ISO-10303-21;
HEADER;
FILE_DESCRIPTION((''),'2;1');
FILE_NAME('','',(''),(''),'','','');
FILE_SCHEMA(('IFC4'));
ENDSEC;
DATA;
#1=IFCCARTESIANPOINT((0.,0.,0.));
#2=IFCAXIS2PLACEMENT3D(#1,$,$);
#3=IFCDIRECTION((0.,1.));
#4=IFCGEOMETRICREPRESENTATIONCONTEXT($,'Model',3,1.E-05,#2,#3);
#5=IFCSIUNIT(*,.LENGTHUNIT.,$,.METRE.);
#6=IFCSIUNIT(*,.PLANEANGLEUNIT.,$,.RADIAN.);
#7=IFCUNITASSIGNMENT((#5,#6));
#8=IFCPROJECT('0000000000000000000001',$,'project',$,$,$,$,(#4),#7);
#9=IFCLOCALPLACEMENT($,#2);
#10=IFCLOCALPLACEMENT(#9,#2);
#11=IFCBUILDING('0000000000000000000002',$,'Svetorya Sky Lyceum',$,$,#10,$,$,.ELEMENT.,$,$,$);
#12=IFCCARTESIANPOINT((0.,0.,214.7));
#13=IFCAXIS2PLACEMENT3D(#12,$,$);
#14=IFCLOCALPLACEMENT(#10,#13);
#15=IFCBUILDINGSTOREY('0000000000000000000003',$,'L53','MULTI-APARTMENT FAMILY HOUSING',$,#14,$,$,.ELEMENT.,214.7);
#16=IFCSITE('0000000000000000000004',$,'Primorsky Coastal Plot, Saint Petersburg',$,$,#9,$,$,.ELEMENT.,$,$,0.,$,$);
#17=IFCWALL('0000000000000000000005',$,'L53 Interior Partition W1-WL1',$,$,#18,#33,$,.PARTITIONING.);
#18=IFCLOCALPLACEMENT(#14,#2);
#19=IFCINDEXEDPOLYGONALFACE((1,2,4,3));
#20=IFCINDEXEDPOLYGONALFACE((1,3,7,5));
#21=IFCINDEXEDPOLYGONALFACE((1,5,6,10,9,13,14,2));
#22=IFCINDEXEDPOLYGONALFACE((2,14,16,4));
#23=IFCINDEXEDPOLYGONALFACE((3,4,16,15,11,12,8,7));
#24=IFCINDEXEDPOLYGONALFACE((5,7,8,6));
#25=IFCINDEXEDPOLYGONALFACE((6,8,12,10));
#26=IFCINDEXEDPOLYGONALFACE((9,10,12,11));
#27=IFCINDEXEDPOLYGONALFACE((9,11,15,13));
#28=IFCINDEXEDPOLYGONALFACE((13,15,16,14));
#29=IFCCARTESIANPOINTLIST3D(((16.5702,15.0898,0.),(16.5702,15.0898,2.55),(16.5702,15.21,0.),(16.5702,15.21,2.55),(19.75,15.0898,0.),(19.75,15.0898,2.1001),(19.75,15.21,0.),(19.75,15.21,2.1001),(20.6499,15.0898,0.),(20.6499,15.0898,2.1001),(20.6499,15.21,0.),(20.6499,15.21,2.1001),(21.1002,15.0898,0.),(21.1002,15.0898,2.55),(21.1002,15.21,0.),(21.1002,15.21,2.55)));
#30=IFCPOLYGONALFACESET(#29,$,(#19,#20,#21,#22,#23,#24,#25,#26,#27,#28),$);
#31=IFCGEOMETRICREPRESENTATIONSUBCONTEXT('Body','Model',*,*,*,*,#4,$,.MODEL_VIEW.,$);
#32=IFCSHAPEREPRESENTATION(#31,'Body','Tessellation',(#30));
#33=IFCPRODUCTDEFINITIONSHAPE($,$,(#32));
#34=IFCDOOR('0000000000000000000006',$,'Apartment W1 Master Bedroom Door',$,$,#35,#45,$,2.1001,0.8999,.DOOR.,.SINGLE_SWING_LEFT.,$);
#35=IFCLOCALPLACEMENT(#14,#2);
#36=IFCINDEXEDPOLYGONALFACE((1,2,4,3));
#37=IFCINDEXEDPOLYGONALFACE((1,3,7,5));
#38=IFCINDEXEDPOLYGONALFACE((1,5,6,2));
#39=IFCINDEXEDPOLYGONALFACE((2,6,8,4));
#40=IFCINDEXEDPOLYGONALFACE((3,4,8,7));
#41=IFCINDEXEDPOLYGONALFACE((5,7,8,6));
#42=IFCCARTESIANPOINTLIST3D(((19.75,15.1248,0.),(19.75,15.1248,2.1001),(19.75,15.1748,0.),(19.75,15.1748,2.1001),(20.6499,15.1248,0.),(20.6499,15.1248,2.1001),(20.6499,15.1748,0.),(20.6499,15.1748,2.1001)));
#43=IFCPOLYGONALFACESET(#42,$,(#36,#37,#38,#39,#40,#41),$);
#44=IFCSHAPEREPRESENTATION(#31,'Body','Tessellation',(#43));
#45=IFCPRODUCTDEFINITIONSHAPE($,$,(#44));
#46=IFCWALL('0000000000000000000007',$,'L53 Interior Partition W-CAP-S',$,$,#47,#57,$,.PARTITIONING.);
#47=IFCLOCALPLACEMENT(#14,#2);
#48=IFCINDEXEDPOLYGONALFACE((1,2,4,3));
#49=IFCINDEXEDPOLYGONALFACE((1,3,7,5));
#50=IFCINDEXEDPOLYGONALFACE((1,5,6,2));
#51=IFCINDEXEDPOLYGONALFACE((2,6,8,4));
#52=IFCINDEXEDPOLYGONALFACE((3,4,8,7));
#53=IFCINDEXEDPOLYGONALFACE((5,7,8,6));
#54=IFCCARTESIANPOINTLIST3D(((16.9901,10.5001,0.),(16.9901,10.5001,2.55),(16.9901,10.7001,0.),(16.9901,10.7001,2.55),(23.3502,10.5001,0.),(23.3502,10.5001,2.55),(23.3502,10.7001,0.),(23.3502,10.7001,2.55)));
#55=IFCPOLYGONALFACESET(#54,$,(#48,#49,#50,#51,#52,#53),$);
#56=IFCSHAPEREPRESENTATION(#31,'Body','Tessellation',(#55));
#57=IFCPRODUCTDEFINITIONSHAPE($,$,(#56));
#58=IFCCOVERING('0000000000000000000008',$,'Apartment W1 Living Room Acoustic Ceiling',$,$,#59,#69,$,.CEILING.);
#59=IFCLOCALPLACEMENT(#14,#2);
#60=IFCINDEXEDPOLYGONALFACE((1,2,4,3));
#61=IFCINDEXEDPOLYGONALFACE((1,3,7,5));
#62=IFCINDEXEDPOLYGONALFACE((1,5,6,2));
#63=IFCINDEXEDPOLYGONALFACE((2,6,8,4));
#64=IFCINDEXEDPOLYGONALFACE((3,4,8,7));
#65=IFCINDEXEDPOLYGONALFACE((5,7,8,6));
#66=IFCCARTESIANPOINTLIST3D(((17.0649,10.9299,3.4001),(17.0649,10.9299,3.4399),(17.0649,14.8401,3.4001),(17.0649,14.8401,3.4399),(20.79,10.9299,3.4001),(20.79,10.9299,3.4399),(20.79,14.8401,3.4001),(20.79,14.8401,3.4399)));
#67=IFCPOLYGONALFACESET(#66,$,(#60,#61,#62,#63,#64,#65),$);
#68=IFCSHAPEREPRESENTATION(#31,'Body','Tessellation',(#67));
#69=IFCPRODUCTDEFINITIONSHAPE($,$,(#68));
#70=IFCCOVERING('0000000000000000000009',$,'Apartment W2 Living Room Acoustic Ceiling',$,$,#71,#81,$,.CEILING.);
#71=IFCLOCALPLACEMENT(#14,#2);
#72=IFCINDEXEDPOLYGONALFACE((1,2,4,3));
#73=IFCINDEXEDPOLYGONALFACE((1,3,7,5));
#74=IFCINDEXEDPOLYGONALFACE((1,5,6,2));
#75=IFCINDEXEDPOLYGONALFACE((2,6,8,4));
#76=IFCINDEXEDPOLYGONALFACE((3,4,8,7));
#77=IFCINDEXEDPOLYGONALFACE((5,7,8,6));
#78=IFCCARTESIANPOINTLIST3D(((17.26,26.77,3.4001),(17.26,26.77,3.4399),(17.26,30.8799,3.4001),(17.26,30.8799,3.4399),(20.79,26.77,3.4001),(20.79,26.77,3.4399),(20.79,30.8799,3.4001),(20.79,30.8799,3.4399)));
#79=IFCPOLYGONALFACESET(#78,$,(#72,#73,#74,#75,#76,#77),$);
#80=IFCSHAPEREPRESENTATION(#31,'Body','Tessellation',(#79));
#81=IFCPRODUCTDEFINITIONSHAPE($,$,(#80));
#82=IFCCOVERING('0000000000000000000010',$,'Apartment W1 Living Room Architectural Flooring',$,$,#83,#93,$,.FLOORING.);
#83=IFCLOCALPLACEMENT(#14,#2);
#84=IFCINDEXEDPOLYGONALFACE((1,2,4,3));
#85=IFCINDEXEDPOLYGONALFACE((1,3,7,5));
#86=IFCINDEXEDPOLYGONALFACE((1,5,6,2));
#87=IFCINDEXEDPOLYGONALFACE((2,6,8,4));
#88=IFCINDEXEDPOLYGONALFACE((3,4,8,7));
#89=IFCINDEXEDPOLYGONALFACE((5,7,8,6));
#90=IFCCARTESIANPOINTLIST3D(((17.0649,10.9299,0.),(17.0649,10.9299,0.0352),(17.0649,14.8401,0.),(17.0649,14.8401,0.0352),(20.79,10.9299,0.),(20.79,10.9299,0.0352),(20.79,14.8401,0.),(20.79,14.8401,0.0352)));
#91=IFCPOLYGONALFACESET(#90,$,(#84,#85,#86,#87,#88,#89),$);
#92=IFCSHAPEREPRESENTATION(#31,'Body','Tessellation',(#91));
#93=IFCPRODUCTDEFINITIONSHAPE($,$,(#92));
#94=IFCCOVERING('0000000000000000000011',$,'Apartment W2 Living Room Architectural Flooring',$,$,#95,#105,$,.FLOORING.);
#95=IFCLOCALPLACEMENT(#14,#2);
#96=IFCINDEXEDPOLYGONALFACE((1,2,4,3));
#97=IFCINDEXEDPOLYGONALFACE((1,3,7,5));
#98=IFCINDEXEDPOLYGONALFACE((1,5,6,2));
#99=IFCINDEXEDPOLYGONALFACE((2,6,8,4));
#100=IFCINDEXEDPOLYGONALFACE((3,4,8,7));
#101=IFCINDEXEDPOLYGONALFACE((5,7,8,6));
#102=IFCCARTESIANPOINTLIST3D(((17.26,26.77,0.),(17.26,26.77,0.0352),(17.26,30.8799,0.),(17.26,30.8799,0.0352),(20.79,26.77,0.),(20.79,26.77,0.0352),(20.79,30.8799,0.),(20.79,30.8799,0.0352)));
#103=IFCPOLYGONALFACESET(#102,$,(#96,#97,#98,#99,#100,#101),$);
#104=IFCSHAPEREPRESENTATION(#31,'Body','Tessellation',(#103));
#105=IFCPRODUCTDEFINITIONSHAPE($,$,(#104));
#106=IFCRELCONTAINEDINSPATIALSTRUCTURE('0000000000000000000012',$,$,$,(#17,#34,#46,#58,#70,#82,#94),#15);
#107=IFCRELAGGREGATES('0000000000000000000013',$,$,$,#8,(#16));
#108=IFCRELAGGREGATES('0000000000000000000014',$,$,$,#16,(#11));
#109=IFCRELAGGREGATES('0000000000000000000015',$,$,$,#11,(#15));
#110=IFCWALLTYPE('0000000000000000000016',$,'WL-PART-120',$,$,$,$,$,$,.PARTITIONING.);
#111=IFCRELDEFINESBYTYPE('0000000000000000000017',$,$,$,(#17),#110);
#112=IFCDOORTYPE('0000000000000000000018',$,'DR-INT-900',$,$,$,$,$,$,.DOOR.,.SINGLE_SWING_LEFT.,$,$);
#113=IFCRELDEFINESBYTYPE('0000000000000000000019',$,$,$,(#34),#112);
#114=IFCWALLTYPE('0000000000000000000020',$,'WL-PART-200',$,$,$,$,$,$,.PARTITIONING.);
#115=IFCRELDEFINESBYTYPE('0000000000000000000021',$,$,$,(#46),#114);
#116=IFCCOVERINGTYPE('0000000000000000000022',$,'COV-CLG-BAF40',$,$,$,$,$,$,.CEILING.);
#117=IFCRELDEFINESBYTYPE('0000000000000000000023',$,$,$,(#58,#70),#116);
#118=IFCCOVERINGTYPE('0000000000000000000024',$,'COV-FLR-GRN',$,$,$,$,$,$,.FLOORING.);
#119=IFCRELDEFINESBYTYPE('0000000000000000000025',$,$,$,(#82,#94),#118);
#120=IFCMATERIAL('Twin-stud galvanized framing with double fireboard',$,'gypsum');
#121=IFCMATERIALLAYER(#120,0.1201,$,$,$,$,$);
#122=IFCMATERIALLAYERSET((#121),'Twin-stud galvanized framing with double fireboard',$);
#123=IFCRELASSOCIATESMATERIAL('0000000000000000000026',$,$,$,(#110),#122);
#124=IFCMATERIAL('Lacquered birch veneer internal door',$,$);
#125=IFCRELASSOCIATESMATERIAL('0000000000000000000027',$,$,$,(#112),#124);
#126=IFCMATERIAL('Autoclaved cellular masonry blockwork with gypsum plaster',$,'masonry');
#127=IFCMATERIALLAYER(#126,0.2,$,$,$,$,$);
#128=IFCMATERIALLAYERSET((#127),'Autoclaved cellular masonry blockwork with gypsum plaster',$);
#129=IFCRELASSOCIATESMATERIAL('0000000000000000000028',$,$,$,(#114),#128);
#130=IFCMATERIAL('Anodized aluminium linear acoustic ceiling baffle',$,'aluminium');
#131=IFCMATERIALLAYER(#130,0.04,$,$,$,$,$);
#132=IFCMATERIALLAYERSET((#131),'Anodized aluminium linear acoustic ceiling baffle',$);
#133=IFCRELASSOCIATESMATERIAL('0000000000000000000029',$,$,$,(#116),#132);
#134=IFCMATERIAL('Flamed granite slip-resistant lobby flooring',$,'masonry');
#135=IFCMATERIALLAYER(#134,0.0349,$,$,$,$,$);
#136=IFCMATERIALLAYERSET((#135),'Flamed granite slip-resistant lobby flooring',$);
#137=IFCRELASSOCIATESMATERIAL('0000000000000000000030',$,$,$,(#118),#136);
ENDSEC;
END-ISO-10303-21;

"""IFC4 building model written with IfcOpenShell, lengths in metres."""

from ifc_helpers import new_model, si_unit, direction, frame, frame_2d, origin, place, context, subcontext, project, spatial, polyline, rectangle, outline, extrude, material, layer, layer_set, type_object, element, fill, save


model = new_model("IFC4")

# Units and contexts
model_context = context("Model", 3, precision=1e-05, world=origin(), true_north=direction((0.0, 1.0)))
body_context = subcontext(model_context, "Body", "Model", "MODEL_VIEW")
ifc_project = project(units=[si_unit("LENGTHUNIT", "METRE"), si_unit("PLANEANGLEUNIT", "RADIAN")], contexts=[model_context])

# Site, building, storey
site_placement = place(None, origin())
site = spatial("IfcSite", under=ifc_project, at=site_placement, Name="Primorsky Coastal Plot, Saint Petersburg", CompositionType="ELEMENT", RefElevation=0.0)
building_placement = place(site_placement, origin())
building = spatial("IfcBuilding", under=site, at=building_placement, Name="Svetorya Sky Lyceum", CompositionType="ELEMENT")
storey_placement = place(building_placement, frame((0.0, 0.0, 214.7)))
storey = spatial("IfcBuildingStorey", under=building, at=storey_placement, Name="L53", Description="MULTI-APARTMENT FAMILY HOUSING", CompositionType="ELEMENT", Elevation=214.7)

# Wall, opening, door
ifc_material_1 = material(Name="Twin-stud galvanized framing with double fireboard", Category="gypsum")
ifc_layer_1 = layer(ifc_material_1, 0.1201)
ifc_layer_set_1 = layer_set([ifc_layer_1], Name="Twin-stud galvanized framing with double fireboard")
wall_type_1 = type_object("IfcWallType", Name="WL-PART-120", PredefinedType="PARTITIONING", material=ifc_layer_set_1)
wall_1_placement = place(storey_placement, frame((16.5701, 15.1499, 0.0), z_axis=(0.0, 0.0, 1.0), x_axis=(1.0, 0.0, 0.0)))
wall_1 = element("IfcWall", 1, at=wall_1_placement, inside=storey, type_object=wall_type_1, Name="L53 Interior Partition W1-WL1", PredefinedType="PARTITIONING", context=body_context, shape_type="SweptSolid", body=[
    extrude(rectangle(XDim=4.53, YDim=0.1201, at=frame_2d((2.2651, 0.0))), origin(), (0.0, 0.0, 1.0), 2.55),
])
opening_placement = place(wall_1_placement, frame((3.1799, 0.0, 0.0)))
opening = element("IfcOpeningElement", 2, at=opening_placement, cuts=wall_1, PredefinedType="OPENING", context=body_context, shape_type="SweptSolid", body=[
    extrude(rectangle(XDim=0.8999, YDim=2.1001, at=frame_2d((0.45, 1.05))), frame((0.0, 0.0701, 0.0), z_axis=(0.0, -1.0, 0.0), x_axis=(1.0, 0.0, 0.0)), (0.0, 0.0, 1.0), 0.1401),
])
ifc_material_2 = material(Name="Lacquered birch veneer internal door")
door_type = type_object("IfcDoorType", Name="DR-INT-900", OperationType="SINGLE_SWING_LEFT", PredefinedType="DOOR", material=ifc_material_2)
door_placement = place(opening_placement, origin())
door = element("IfcDoor", 3, at=door_placement, inside=storey, type_object=door_type, Name="Apartment W1 Master Bedroom Door", OperationType="SINGLE_SWING_LEFT", OverallHeight=2.1001, OverallWidth=0.8999, PredefinedType="DOOR", context=body_context, shape_type="SweptSolid", body=[
    extrude(rectangle(XDim=0.8999, YDim=2.1001, at=frame_2d((0.45, 1.05))), frame((0.0, 0.0249, 0.0), z_axis=(0.0, -1.0, 0.0), x_axis=(1.0, 0.0, 0.0)), (0.0, 0.0, 1.0), 0.05),
])
fill(opening, door)

# Wall
ifc_material_3 = material(Name="Autoclaved cellular masonry blockwork with gypsum plaster", Category="masonry")
ifc_layer_2 = layer(ifc_material_3, 0.2)
ifc_layer_set_2 = layer_set([ifc_layer_2], Name="Autoclaved cellular masonry blockwork with gypsum plaster")
wall_type_2 = type_object("IfcWallType", Name="WL-PART-200", PredefinedType="PARTITIONING", material=ifc_layer_set_2)
wall_2_placement = place(storey_placement, frame((16.99, 10.6001, 0.0), z_axis=(0.0, 0.0, 1.0), x_axis=(1.0, 0.0, 0.0)))
element("IfcWall", 4, at=wall_2_placement, inside=storey, type_object=wall_type_2, Name="L53 Interior Partition W-CAP-S", PredefinedType="PARTITIONING", context=body_context, shape_type="SweptSolid", body=[
    extrude(rectangle(XDim=6.3601, YDim=0.2, at=frame_2d((3.1802, 0.0))), origin(), (0.0, 0.0, 1.0), 2.55),
])

# Coverings
ifc_material_4 = material(Name="Anodized aluminium linear acoustic ceiling baffle", Category="aluminium")
ifc_layer_3 = layer(ifc_material_4, 0.04)
ifc_layer_set_3 = layer_set([ifc_layer_3], Name="Anodized aluminium linear acoustic ceiling baffle")
covering_type_1 = type_object("IfcCoveringType", Name="COV-CLG-BAF40", PredefinedType="CEILING", material=ifc_layer_set_3)
covering_1_placement = place(storey_placement, frame((0.0, 0.0, 3.4001)))
element("IfcCovering", 5, at=covering_1_placement, inside=storey, type_object=covering_type_1, Name="Apartment W1 Living Room Acoustic Ceiling", PredefinedType="CEILING", context=body_context, shape_type="SweptSolid", body=[
    extrude(outline(polyline([(17.0649, 10.9299), (20.79, 10.9299), (20.79, 14.8401), (17.0649, 14.8401), (17.0649, 10.9299)])), origin(), (0.0, 0.0, 1.0), 0.0398),
])
covering_2_placement = place(storey_placement, frame((0.0, 0.0, 3.4001)))
element("IfcCovering", 6, at=covering_2_placement, inside=storey, type_object=covering_type_1, Name="Apartment W2 Living Room Acoustic Ceiling", PredefinedType="CEILING", context=body_context, shape_type="SweptSolid", body=[
    extrude(outline(polyline([(17.26, 26.77), (20.79, 26.77), (20.79, 30.8799), (17.26, 30.8799), (17.26, 26.77)])), origin(), (0.0, 0.0, 1.0), 0.0398),
])
ifc_material_5 = material(Name="Flamed granite slip-resistant lobby flooring", Category="masonry")
ifc_layer_4 = layer(ifc_material_5, 0.0349)
ifc_layer_set_4 = layer_set([ifc_layer_4], Name="Flamed granite slip-resistant lobby flooring")
covering_type_2 = type_object("IfcCoveringType", Name="COV-FLR-GRN", PredefinedType="FLOORING", material=ifc_layer_set_4)
covering_3_placement = place(storey_placement, origin())
element("IfcCovering", 7, at=covering_3_placement, inside=storey, type_object=covering_type_2, Name="Apartment W1 Living Room Architectural Flooring", PredefinedType="FLOORING", context=body_context, shape_type="SweptSolid", body=[
    extrude(outline(polyline([(17.0649, 10.9299), (20.79, 10.9299), (20.79, 14.8401), (17.0649, 14.8401), (17.0649, 10.9299)])), origin(), (0.0, 0.0, 1.0), 0.0352),
])
covering_4_placement = place(storey_placement, origin())
element("IfcCovering", 8, at=covering_4_placement, inside=storey, type_object=covering_type_2, Name="Apartment W2 Living Room Architectural Flooring", PredefinedType="FLOORING", context=body_context, shape_type="SweptSolid", body=[
    extrude(outline(polyline([(17.26, 26.77), (20.79, 26.77), (20.79, 30.8799), (17.26, 30.8799), (17.26, 26.77)])), origin(), (0.0, 0.0, 1.0), 0.0352),
])

save(model, "model.ifc")
